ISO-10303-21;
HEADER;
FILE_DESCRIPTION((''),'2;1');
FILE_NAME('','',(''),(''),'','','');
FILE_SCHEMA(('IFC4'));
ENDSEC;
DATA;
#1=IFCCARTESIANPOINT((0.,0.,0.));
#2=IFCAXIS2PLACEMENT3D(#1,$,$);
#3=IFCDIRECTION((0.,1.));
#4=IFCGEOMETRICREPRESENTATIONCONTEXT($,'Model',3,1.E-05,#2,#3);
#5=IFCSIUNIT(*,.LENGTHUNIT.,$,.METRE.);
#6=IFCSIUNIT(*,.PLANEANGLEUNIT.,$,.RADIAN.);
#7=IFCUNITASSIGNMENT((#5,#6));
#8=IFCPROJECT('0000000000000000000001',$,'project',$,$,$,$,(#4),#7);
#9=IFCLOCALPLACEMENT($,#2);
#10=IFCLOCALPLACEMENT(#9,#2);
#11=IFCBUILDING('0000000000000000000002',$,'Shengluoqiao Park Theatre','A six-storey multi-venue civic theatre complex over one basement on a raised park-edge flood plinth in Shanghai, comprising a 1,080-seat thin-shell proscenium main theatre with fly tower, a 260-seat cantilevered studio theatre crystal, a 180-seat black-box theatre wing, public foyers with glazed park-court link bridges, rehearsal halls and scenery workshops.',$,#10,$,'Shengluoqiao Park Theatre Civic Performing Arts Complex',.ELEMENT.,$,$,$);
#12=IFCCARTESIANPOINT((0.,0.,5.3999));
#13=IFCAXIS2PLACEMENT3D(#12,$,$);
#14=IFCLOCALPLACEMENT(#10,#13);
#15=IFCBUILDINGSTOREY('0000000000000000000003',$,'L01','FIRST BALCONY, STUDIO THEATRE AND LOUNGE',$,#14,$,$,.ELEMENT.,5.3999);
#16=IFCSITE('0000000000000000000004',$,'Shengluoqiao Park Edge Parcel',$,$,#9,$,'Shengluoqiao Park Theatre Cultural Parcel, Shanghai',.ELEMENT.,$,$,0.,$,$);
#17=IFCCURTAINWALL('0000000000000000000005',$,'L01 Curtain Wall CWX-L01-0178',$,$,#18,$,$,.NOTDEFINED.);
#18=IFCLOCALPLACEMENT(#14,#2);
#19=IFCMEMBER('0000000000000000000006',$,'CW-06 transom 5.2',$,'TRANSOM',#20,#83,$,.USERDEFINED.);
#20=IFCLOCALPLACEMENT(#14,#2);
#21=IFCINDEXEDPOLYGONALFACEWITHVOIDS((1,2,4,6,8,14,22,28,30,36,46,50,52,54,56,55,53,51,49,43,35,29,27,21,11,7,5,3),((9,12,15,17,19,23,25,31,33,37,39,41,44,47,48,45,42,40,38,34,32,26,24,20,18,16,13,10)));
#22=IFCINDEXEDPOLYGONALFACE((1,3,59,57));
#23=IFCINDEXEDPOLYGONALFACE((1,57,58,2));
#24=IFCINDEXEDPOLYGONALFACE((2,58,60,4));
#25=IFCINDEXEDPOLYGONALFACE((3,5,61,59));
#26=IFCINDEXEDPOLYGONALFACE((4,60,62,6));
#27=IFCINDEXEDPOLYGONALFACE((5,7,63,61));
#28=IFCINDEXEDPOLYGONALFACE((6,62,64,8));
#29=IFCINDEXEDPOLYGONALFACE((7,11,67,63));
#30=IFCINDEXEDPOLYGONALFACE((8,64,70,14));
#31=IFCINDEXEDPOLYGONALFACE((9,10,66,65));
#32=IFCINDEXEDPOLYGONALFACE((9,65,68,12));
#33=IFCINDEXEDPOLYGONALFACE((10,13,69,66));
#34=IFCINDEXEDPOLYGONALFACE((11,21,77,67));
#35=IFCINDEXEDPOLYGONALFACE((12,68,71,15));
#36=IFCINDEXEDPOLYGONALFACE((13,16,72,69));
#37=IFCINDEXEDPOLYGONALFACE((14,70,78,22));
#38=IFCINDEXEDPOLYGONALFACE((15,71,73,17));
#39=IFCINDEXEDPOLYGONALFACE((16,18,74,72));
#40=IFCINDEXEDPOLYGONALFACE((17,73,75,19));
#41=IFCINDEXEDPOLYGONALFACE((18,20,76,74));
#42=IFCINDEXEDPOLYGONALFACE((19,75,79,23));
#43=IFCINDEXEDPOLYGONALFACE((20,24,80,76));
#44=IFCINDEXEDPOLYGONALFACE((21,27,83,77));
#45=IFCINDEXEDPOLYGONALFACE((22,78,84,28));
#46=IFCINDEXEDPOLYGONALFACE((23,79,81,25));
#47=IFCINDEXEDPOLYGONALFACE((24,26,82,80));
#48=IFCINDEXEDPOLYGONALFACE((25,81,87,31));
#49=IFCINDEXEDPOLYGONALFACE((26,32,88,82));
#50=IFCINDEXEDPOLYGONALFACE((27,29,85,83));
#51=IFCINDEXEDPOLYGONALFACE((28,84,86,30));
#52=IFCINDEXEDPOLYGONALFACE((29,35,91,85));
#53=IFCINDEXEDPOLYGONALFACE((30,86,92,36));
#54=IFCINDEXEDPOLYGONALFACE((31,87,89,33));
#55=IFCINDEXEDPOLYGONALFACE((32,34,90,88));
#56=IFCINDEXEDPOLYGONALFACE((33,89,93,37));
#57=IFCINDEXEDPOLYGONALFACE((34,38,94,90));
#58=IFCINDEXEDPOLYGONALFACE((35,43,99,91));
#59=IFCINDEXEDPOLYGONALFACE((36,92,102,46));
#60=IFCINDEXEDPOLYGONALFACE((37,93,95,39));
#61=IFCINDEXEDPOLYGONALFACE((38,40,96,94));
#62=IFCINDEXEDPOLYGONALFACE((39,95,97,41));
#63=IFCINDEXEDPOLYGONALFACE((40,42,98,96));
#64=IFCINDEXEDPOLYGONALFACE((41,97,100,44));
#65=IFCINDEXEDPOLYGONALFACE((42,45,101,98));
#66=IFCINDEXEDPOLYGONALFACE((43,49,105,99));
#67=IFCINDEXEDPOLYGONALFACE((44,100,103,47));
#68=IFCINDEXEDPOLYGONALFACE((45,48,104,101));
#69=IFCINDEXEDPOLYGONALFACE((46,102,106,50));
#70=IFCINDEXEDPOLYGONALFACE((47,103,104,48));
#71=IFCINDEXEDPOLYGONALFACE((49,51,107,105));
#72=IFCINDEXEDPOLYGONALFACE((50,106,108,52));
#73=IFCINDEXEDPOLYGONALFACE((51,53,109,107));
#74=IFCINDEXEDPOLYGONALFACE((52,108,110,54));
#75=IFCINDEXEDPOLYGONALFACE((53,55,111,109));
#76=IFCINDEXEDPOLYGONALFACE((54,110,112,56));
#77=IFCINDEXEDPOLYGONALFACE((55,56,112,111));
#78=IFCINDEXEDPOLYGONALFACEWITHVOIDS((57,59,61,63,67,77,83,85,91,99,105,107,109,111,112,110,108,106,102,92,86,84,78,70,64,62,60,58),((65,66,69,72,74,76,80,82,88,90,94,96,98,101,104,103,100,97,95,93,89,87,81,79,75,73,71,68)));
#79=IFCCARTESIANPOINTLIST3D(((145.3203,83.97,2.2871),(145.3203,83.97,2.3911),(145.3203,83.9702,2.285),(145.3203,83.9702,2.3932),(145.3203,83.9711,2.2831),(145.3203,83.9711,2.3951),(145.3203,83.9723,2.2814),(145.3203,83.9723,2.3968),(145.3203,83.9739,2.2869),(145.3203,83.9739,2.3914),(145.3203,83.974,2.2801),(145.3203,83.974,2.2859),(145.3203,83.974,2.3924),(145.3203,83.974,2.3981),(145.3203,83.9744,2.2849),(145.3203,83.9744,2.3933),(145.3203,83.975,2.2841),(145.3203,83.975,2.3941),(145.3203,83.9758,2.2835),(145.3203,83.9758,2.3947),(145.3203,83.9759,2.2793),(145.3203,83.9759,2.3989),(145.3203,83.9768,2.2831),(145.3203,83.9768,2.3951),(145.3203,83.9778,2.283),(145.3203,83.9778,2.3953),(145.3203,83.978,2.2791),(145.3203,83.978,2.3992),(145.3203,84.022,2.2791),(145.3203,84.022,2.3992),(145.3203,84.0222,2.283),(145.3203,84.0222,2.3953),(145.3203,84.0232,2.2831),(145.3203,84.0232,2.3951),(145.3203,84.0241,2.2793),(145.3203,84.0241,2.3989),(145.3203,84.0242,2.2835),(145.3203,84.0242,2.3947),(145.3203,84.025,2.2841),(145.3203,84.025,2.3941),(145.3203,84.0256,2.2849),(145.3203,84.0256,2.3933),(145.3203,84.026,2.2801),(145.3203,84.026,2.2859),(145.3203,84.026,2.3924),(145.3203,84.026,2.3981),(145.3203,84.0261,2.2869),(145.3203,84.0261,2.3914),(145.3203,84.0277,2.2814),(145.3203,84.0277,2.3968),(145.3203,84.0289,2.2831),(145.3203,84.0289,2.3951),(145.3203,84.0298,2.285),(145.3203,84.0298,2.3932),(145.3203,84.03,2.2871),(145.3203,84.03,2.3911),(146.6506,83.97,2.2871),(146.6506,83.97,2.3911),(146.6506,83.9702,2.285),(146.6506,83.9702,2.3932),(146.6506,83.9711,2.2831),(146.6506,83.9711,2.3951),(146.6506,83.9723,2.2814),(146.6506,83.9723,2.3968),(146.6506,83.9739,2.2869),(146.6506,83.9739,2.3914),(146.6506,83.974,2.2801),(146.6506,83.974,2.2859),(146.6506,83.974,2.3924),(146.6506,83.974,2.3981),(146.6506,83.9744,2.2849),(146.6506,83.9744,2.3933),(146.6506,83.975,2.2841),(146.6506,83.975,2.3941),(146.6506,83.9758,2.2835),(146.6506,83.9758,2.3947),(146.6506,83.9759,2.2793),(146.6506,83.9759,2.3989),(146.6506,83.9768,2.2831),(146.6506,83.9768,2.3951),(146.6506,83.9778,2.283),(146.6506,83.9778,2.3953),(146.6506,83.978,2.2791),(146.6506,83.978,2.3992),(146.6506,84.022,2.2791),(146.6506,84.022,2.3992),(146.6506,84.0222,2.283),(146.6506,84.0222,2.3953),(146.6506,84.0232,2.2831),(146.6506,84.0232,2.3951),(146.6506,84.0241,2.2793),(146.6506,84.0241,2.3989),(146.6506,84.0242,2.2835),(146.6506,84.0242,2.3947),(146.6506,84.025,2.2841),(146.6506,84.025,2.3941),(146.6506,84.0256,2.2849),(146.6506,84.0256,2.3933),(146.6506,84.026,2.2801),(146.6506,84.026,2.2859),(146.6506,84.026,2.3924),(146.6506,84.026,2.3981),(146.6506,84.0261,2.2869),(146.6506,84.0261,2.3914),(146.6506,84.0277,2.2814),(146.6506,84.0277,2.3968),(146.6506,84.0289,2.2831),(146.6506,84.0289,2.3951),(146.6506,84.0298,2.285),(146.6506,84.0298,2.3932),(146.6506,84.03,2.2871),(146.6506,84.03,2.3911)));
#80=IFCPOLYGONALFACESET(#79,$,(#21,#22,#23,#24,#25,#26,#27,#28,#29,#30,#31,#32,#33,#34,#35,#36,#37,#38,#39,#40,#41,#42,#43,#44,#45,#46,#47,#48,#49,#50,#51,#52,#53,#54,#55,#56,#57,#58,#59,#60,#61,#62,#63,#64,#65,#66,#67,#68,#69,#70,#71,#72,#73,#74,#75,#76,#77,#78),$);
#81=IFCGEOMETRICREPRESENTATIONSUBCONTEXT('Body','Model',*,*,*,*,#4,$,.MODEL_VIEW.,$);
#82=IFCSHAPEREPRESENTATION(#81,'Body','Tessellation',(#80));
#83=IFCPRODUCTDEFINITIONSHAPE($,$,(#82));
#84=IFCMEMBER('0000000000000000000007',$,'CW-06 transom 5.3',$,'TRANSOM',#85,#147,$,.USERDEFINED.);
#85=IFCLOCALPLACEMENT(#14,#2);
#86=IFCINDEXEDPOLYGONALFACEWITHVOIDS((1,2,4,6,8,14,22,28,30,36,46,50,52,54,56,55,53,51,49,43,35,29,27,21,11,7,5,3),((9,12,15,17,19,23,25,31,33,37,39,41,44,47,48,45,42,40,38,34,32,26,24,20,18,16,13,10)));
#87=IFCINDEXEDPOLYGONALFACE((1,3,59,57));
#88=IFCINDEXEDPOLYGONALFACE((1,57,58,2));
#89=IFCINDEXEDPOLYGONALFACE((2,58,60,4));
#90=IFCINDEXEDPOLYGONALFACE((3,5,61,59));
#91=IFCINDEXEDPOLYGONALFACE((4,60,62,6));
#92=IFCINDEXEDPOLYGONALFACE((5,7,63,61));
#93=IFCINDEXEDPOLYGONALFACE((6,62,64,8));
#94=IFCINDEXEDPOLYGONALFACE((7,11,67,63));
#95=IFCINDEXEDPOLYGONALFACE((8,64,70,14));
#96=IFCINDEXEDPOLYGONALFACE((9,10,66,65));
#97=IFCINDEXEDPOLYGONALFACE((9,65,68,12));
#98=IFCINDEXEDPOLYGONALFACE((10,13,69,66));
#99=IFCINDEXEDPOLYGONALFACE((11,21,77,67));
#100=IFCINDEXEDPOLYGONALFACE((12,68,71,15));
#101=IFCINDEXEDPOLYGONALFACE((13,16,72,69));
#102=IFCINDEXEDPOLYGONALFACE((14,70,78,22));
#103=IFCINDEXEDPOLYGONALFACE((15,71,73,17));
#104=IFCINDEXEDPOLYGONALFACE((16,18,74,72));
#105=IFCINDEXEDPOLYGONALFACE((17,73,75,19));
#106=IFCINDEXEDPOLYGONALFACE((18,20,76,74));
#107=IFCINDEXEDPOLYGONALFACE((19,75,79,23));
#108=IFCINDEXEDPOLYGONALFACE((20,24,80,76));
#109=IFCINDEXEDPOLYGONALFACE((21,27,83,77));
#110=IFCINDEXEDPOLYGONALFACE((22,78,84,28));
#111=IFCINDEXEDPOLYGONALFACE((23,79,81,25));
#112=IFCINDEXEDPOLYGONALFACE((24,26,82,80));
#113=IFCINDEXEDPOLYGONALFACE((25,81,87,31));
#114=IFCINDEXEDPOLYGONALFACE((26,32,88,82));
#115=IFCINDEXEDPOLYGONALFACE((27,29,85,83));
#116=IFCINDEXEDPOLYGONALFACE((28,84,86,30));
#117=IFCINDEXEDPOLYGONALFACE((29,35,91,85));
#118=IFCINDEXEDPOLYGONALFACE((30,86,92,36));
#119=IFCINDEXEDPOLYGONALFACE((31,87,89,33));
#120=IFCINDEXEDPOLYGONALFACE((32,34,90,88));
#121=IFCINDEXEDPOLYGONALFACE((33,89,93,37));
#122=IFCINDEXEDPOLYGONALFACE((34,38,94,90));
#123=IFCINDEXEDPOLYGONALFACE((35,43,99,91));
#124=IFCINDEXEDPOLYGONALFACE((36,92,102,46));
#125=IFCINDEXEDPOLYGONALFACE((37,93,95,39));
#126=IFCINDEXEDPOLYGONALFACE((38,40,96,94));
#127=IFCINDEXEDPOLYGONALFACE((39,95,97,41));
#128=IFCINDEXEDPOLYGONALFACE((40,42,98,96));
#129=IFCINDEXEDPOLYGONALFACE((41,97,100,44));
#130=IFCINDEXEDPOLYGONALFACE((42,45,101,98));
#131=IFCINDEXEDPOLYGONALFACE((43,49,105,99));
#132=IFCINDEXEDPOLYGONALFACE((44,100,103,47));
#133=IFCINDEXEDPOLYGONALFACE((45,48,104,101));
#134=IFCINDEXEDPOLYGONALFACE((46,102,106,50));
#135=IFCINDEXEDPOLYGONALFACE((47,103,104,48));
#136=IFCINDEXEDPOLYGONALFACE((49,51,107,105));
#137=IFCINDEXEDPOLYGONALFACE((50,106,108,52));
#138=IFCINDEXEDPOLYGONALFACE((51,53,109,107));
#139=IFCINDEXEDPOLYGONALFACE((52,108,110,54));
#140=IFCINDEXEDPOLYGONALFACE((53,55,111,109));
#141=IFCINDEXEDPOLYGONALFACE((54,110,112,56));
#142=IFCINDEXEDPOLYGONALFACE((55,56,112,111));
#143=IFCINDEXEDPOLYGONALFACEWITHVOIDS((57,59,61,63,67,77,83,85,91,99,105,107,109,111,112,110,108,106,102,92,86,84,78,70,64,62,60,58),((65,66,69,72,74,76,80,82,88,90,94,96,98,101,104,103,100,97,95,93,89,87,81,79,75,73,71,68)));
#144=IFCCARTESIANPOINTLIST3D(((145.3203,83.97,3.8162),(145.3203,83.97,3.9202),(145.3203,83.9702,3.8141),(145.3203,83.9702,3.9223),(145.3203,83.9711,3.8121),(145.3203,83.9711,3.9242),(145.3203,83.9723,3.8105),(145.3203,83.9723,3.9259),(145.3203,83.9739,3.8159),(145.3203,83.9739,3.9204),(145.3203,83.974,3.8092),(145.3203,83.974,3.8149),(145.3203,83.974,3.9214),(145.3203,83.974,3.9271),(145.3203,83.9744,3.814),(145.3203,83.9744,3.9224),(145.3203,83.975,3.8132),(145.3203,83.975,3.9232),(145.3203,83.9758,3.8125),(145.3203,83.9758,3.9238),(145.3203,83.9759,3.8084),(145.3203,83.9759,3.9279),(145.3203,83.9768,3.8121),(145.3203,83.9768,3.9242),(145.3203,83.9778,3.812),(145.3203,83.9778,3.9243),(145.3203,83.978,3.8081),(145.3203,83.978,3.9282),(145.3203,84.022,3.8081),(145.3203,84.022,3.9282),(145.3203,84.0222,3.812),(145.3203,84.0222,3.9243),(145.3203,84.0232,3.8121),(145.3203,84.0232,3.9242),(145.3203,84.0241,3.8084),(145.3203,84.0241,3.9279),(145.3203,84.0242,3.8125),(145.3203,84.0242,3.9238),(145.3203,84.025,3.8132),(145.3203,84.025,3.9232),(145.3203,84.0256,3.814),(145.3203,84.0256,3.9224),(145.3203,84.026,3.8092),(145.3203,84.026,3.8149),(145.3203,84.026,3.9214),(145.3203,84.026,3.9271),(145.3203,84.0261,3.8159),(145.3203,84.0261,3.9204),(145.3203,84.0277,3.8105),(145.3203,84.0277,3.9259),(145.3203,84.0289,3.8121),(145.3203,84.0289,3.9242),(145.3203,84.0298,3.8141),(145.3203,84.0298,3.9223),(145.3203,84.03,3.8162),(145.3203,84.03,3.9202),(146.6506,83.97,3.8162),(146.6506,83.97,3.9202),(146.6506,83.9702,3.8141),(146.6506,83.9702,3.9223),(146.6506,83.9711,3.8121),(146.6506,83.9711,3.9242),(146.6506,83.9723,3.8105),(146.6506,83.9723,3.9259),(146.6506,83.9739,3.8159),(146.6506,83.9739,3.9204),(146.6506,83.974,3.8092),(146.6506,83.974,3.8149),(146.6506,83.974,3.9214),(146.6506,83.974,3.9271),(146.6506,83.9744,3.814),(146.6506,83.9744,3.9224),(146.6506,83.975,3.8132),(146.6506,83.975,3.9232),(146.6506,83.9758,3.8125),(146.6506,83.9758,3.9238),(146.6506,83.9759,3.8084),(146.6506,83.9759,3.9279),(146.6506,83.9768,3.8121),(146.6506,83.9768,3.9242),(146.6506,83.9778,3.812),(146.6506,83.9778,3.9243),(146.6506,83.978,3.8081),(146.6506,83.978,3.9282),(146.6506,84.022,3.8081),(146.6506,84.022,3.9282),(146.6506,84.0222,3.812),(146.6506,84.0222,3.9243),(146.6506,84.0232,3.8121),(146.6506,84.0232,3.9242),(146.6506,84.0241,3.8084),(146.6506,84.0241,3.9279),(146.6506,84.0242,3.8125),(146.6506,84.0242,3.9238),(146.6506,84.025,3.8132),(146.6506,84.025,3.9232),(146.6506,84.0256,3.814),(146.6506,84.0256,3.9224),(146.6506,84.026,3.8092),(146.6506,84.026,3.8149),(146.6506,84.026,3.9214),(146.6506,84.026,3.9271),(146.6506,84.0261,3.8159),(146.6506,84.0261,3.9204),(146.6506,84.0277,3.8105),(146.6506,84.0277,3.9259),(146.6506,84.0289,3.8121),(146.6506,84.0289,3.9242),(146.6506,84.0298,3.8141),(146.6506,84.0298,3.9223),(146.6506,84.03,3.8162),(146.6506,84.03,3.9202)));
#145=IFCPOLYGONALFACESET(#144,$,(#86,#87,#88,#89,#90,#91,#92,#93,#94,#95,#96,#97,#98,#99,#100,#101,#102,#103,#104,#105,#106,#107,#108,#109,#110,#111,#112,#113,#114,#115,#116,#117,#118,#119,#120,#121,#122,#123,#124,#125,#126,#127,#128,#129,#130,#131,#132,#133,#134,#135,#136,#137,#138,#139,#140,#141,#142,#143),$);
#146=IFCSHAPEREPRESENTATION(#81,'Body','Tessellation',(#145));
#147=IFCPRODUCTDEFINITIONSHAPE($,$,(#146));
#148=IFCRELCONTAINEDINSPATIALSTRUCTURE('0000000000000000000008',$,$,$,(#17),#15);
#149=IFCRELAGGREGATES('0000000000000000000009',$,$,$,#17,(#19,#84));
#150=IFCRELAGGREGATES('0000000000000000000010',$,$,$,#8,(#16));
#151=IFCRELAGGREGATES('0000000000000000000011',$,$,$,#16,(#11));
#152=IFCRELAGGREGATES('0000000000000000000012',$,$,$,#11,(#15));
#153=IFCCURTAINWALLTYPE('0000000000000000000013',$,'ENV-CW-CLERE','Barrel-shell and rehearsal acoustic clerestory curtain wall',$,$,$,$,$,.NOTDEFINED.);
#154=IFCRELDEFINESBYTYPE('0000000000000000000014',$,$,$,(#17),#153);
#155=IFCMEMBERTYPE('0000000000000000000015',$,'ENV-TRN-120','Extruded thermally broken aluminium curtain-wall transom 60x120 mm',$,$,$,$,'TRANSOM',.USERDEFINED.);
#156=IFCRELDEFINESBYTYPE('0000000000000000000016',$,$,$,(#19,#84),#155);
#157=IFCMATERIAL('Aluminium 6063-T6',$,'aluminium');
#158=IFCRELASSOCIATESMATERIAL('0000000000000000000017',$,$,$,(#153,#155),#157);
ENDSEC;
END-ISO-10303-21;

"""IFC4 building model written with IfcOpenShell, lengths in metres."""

from ifc_helpers import new_model, si_unit, direction, frame, origin, origin_2d, place, context, subcontext, project, spatial, hollow_rectangle, extrude, material, material_profile, profile_set, type_object, element, aggregate, save


model = new_model("IFC4")

# Units and contexts
model_context = context("Model", 3, precision=1e-05, world=origin(), true_north=direction((0.0, 1.0)))
body_context = subcontext(model_context, "Body", "Model", "MODEL_VIEW")
ifc_project = project(units=[si_unit("LENGTHUNIT", "METRE"), si_unit("PLANEANGLEUNIT", "RADIAN")], contexts=[model_context])

# Site, building, storey
site_placement = place(None, origin())
site = spatial("IfcSite", under=ifc_project, at=site_placement, Name="Shengluoqiao Park Edge Parcel", LongName="Shengluoqiao Park Theatre Cultural Parcel, Shanghai", CompositionType="ELEMENT", RefElevation=0.0)
building_placement = place(site_placement, origin())
building = spatial("IfcBuilding", under=site, at=building_placement, Name="Shengluoqiao Park Theatre", Description="A six-storey multi-venue civic theatre complex over one basement on a raised park-edge flood plinth in Shanghai, comprising a 1,080-seat thin-shell proscenium main theatre with fly tower, a 260-seat cantilevered studio theatre crystal, a 180-seat black-box theatre wing, public foyers with glazed park-court link bridges, rehearsal halls and scenery workshops.", LongName="Shengluoqiao Park Theatre Civic Performing Arts Complex", CompositionType="ELEMENT")
storey_placement = place(building_placement, frame((0.0, 0.0, 5.3999)))
storey = spatial("IfcBuildingStorey", under=building, at=storey_placement, Name="L01", Description="FIRST BALCONY, STUDIO THEATRE AND LOUNGE", CompositionType="ELEMENT", Elevation=5.3999)

# Shared definitions
ifc_material_1 = material(Name="Aluminium 6063-T6", Category="aluminium")

# Curtain wall
curtain_wall_type_1 = type_object("IfcCurtainWallType", Name="ENV-CW-CLERE", Description="Barrel-shell and rehearsal acoustic clerestory curtain wall", PredefinedType="NOTDEFINED", material=ifc_material_1)
curtain_wall_1_placement = place(storey_placement, origin())
curtain_wall_1 = element("IfcCurtainWall", 1, at=curtain_wall_1_placement, inside=storey, type_object=curtain_wall_type_1, Name="L01 Curtain Wall CWX-L01-0178", PredefinedType="NOTDEFINED")

# Members
ifc_material_profile_1 = material_profile(ifc_material_1, hollow_rectangle(XDim=0.0601, YDim=0.1201, WallThickness=0.0039, InnerFilletRadius=0.0039, OuterFilletRadius=0.0081, at=origin_2d()), Name="ALU TRANSOM 120x60x4")
ifc_profile_set_1 = profile_set([ifc_material_profile_1], Name="Aluminium 6063-T6")
member_type_1 = type_object("IfcMemberType", Name="ENV-TRN-120", Description="Extruded thermally broken aluminium curtain-wall transom 60x120 mm", ElementType="TRANSOM", PredefinedType="USERDEFINED", material=ifc_profile_set_1)
member_1_placement = place(storey_placement, frame((145.3203, 84.0, 2.3391), z_axis=(1.0, 0.0, 0.0), x_axis=(0.0, 1.0, 0.0)))
member_1 = element("IfcMember", 2, at=member_1_placement, type_object=member_type_1, Name="CW-06 transom 5.2", ObjectType="TRANSOM", PredefinedType="USERDEFINED", context=body_context, shape_type="SweptSolid", body=[
    extrude(hollow_rectangle(XDim=0.0601, YDim=0.1201, WallThickness=0.0039, InnerFilletRadius=0.0039, OuterFilletRadius=0.0081, at=origin_2d()), origin(), (0.0, 0.0, 1.0), 1.3303),
])
member_2_placement = place(storey_placement, frame((145.3203, 84.0, 3.8682), z_axis=(1.0, 0.0, 0.0), x_axis=(0.0, 1.0, 0.0)))
member_2 = element("IfcMember", 3, at=member_2_placement, type_object=member_type_1, Name="CW-06 transom 5.3", ObjectType="TRANSOM", PredefinedType="USERDEFINED", context=body_context, shape_type="SweptSolid", body=[
    extrude(hollow_rectangle(XDim=0.0601, YDim=0.1201, WallThickness=0.0039, InnerFilletRadius=0.0039, OuterFilletRadius=0.0081, at=origin_2d()), origin(), (0.0, 0.0, 1.0), 1.3303),
])

aggregate(curtain_wall_1, [member_1, member_2])

save(model, "model.ifc")
